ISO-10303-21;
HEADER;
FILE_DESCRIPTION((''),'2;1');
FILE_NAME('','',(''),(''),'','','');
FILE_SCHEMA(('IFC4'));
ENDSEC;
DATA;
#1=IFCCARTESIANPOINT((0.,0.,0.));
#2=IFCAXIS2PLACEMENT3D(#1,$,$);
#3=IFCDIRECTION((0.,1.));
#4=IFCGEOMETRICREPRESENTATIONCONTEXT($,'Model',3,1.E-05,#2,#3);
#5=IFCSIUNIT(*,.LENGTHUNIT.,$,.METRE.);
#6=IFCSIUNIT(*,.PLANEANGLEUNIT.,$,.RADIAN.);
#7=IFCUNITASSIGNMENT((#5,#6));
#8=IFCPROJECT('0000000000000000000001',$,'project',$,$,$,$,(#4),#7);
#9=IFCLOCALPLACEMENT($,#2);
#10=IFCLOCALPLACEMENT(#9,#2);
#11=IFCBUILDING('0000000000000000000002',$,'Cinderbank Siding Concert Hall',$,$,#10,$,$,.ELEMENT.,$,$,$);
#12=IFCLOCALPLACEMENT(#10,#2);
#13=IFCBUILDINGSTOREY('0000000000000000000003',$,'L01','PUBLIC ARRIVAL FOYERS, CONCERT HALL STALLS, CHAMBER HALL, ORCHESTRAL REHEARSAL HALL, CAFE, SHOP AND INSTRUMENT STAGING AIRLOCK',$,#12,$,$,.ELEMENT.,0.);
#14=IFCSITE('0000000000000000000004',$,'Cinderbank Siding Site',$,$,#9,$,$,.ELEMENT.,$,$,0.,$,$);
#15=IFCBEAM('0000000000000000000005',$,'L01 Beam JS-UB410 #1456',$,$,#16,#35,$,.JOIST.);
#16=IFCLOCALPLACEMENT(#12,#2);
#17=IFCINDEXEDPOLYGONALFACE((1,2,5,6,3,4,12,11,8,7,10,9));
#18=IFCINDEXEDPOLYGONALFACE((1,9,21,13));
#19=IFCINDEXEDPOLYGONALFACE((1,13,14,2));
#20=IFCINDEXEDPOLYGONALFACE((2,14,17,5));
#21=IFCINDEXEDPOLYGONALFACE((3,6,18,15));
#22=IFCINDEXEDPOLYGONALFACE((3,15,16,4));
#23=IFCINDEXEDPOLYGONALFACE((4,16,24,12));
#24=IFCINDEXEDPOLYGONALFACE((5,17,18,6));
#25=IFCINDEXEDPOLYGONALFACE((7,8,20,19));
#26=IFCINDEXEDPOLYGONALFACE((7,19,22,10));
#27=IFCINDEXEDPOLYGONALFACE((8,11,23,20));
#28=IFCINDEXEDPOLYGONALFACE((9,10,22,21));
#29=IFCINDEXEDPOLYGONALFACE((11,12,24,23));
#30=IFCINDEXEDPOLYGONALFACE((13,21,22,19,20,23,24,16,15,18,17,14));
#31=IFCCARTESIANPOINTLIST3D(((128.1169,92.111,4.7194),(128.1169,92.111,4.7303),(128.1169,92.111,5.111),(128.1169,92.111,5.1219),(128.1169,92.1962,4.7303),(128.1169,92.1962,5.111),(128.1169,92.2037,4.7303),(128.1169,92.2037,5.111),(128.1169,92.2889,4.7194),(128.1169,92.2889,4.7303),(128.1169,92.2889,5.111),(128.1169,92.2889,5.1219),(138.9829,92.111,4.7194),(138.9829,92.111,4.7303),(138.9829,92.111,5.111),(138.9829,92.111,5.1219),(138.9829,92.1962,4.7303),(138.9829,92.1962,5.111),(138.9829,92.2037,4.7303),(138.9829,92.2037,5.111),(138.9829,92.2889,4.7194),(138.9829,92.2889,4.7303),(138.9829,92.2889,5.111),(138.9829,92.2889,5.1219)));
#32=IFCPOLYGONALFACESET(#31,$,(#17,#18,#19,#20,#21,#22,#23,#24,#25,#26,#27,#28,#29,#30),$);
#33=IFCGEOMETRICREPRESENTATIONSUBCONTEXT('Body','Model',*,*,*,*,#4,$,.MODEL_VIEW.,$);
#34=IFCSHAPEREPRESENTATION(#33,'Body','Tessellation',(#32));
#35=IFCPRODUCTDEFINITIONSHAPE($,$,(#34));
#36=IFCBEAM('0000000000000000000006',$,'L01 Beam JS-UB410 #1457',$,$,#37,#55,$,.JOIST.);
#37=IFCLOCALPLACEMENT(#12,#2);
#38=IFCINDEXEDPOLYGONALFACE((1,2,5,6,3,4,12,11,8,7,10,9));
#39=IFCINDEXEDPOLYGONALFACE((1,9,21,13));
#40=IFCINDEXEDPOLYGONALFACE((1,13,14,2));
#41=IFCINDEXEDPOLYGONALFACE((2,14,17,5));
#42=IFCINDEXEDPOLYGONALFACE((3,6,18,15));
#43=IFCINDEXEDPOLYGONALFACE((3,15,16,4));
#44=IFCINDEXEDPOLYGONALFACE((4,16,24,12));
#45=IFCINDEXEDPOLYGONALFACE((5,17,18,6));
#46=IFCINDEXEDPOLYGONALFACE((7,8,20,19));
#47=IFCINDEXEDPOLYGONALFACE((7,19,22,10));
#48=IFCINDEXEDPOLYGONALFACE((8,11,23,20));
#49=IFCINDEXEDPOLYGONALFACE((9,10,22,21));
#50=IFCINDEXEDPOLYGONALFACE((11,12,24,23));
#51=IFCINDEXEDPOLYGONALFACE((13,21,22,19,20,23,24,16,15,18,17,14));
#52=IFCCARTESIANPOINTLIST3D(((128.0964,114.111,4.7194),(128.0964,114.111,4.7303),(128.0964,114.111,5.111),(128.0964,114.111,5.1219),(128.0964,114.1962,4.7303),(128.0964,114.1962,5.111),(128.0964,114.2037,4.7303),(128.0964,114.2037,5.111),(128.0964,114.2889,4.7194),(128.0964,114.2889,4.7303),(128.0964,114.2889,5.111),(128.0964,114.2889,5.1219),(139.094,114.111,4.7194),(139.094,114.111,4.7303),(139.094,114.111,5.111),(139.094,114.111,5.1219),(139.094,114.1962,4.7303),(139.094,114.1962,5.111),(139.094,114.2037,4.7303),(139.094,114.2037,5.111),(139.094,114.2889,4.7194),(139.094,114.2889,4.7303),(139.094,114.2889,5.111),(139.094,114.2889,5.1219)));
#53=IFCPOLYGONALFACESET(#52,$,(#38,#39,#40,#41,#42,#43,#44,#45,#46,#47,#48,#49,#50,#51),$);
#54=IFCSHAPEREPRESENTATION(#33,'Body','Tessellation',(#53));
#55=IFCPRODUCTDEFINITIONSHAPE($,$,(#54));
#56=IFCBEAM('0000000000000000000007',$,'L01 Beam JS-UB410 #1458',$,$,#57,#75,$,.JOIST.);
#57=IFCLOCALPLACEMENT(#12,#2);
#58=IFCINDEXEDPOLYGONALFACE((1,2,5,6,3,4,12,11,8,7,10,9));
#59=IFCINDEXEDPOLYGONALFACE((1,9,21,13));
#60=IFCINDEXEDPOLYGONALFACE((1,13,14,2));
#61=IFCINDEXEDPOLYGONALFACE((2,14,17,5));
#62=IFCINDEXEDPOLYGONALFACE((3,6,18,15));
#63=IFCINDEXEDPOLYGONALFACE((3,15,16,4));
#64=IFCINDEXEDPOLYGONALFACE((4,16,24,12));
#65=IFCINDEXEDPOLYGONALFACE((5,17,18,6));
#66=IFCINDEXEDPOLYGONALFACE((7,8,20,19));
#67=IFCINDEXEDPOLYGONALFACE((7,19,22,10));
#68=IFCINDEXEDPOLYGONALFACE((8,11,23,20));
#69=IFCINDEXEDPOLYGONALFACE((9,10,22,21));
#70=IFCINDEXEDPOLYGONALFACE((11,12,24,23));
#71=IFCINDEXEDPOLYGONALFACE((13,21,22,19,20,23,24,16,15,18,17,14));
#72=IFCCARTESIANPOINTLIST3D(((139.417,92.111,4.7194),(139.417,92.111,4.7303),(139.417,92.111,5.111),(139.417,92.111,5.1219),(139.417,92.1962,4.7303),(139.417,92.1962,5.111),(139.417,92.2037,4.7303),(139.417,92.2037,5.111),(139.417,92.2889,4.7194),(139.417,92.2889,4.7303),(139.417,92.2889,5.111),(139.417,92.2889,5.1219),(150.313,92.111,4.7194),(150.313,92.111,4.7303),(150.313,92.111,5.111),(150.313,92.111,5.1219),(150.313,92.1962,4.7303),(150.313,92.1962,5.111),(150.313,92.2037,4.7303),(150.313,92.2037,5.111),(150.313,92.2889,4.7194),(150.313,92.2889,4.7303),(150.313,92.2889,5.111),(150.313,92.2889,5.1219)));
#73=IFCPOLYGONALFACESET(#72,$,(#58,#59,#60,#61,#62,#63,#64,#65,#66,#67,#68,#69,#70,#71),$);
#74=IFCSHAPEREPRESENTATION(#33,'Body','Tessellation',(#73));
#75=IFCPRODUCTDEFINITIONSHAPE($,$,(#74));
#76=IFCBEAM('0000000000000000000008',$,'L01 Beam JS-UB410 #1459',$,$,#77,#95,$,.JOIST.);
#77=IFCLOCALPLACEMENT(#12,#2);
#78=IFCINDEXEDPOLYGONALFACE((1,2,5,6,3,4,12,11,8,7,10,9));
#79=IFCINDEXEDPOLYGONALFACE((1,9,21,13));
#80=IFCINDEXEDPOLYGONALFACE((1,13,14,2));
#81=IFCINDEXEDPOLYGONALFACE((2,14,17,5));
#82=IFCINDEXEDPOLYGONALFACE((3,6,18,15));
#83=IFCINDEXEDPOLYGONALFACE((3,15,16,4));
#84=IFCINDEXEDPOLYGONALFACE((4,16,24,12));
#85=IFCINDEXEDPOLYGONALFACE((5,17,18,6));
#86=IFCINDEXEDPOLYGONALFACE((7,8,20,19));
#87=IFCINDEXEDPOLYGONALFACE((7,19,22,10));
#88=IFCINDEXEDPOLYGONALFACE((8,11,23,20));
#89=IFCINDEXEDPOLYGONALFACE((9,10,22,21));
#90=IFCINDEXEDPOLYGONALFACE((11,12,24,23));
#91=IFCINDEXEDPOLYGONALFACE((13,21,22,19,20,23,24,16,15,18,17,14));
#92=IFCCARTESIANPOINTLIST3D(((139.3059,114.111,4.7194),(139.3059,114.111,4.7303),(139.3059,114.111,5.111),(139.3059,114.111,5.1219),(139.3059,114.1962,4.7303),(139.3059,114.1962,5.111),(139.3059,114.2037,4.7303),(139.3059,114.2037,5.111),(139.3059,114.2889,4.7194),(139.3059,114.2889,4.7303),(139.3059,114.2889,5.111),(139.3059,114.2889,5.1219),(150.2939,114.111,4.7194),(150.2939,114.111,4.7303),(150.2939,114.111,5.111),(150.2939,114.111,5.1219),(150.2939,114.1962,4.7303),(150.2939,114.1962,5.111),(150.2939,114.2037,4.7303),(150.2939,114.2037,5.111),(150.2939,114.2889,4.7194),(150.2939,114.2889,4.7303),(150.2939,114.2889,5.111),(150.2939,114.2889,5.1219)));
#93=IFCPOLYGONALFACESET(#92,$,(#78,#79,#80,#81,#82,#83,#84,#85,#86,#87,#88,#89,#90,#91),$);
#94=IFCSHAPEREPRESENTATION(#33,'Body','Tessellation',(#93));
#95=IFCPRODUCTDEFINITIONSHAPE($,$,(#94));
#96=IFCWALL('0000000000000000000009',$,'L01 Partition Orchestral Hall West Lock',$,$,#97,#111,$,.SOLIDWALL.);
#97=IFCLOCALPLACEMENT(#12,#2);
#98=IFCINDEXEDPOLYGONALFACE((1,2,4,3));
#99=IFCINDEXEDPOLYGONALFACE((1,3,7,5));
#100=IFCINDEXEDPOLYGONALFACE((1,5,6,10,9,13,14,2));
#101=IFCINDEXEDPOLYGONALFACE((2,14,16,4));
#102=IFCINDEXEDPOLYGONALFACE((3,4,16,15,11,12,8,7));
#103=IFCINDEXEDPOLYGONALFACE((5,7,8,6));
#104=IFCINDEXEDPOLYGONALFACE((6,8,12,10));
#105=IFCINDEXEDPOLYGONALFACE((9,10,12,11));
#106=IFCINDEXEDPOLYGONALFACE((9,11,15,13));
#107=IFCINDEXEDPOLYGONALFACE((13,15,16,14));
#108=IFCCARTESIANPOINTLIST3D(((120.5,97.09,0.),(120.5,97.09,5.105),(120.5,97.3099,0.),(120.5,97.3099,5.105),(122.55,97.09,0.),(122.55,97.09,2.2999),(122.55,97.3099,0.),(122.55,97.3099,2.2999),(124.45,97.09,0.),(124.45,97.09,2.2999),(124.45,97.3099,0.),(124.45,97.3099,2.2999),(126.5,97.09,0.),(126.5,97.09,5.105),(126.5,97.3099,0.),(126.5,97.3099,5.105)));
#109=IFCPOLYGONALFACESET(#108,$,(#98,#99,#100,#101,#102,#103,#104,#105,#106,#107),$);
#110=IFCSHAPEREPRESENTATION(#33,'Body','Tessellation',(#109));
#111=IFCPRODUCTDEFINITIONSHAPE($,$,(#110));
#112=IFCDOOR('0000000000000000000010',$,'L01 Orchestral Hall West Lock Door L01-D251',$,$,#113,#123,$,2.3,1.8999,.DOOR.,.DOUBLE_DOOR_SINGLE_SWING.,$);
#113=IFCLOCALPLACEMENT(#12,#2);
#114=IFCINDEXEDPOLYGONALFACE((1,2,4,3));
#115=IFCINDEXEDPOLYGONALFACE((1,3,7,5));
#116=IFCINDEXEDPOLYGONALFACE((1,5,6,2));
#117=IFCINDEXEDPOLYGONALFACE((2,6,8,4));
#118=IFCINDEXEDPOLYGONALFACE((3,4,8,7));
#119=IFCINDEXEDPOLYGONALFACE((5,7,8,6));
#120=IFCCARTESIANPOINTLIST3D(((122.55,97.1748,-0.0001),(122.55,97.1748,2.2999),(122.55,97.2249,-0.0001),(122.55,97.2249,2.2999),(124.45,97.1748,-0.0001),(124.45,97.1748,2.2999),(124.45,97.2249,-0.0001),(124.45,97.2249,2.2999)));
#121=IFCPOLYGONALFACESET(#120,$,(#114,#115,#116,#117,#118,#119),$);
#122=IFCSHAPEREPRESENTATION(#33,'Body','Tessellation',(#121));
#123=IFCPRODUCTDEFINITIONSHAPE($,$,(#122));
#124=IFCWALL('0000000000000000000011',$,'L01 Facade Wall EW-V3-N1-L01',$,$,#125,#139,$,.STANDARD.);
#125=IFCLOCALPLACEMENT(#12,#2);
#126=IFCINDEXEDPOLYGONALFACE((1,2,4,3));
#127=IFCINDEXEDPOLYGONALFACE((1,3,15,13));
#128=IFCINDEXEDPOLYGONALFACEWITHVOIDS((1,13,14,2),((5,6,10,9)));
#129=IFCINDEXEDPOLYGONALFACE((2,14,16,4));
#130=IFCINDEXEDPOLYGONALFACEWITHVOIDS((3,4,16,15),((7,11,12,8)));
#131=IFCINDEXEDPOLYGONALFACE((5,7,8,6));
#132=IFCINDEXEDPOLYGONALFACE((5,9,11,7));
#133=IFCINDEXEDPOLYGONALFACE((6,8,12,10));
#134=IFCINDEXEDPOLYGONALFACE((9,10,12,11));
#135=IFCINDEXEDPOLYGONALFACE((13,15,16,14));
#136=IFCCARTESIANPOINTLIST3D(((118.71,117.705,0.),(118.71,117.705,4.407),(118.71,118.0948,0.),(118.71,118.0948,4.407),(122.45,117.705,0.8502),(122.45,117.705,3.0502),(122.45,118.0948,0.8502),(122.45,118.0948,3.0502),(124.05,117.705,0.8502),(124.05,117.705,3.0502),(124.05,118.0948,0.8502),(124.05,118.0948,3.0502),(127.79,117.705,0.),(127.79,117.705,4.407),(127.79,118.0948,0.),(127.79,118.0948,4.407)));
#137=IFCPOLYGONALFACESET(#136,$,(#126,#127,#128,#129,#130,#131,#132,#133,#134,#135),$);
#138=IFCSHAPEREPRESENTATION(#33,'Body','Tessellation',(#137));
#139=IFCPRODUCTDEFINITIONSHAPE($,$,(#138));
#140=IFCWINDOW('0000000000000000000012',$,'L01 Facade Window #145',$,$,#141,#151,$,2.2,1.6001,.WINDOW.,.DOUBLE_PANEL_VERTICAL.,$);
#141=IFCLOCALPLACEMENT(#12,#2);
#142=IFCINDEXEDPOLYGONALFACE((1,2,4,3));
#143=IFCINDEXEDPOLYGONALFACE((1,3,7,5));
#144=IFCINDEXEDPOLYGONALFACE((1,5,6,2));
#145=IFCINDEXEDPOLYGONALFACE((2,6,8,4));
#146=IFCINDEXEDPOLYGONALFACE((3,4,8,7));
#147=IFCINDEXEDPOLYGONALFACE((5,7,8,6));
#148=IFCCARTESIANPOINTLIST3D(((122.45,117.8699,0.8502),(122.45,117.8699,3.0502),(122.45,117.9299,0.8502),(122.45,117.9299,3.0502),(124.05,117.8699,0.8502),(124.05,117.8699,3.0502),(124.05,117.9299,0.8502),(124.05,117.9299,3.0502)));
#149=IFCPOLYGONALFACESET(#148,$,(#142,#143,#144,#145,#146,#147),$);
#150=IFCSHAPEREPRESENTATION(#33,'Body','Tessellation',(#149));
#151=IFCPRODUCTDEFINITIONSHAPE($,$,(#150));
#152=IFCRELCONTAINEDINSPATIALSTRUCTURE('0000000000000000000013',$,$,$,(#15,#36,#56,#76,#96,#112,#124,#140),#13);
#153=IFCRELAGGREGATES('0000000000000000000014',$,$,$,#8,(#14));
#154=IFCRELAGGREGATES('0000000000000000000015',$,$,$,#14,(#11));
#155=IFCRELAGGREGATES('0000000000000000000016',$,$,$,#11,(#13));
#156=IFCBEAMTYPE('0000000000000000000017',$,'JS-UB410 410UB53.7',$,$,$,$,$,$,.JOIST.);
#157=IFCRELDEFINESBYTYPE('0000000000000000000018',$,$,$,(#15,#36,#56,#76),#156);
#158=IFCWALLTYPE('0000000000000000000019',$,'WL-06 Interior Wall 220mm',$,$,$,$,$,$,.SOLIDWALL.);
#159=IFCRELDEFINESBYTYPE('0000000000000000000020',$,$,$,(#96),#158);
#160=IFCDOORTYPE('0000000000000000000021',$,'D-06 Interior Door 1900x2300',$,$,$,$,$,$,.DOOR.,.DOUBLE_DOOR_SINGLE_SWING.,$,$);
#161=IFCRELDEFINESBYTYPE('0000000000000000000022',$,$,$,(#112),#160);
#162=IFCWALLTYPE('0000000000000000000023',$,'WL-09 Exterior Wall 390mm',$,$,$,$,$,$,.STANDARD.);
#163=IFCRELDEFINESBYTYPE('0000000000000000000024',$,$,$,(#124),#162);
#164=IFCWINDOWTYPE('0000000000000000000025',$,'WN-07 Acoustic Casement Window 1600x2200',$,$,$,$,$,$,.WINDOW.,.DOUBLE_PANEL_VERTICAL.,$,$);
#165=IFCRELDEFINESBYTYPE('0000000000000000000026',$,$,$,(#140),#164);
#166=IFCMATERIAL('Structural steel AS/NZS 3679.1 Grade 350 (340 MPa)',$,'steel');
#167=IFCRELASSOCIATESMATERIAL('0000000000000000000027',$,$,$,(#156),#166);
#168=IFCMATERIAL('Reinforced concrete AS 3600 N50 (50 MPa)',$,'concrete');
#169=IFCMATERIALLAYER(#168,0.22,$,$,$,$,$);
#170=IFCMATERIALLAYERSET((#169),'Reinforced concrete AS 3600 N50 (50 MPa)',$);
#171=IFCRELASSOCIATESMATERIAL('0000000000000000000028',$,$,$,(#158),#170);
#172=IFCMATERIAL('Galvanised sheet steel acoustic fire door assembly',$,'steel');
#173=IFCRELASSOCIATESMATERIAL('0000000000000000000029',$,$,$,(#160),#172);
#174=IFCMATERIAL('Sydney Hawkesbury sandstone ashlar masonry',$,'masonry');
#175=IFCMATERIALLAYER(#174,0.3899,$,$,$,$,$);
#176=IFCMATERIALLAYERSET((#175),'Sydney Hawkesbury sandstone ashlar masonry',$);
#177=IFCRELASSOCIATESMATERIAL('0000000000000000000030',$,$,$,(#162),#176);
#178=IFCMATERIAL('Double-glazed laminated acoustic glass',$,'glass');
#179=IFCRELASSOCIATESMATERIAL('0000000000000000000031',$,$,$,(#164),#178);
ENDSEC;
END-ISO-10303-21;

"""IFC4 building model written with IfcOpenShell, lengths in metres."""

from ifc_helpers import new_model, si_unit, direction, frame, frame_2d, origin, origin_2d, place, context, subcontext, project, spatial, rectangle, i_section, extrude, material, layer, layer_set, material_profile, profile_set, type_object, element, fill, save


model = new_model("IFC4")

# Units and contexts
model_context = context("Model", 3, precision=1e-05, world=origin(), true_north=direction((0.0, 1.0)))
body_context = subcontext(model_context, "Body", "Model", "MODEL_VIEW")
ifc_project = project(units=[si_unit("LENGTHUNIT", "METRE"), si_unit("PLANEANGLEUNIT", "RADIAN")], contexts=[model_context])

# Site, building, storey
site_placement = place(None, origin())
site = spatial("IfcSite", under=ifc_project, at=site_placement, Name="Cinderbank Siding Site", CompositionType="ELEMENT", RefElevation=0.0)
building_placement = place(site_placement, origin())
building = spatial("IfcBuilding", under=site, at=building_placement, Name="Cinderbank Siding Concert Hall", CompositionType="ELEMENT")
storey_placement = place(building_placement, origin())
storey = spatial("IfcBuildingStorey", under=building, at=storey_placement, Name="L01", Description="PUBLIC ARRIVAL FOYERS, CONCERT HALL STALLS, CHAMBER HALL, ORCHESTRAL REHEARSAL HALL, CAFE, SHOP AND INSTRUMENT STAGING AIRLOCK", CompositionType="ELEMENT", Elevation=0.0)

# Shared definitions
ifc_material_1 = material(Name="Reinforced concrete AS 3600 N50 (50 MPa)", Category="concrete")

# Beams
ifc_material_2 = material(Name="Structural steel AS/NZS 3679.1 Grade 350 (340 MPa)", Category="steel")
ifc_material_profile_1 = material_profile(ifc_material_2, i_section(OverallWidth=0.178, OverallDepth=0.4026, WebThickness=0.0076, FlangeThickness=0.011, at=origin_2d()), Name="410UB53.7", Category="LoadBearing")
ifc_profile_set_1 = profile_set([ifc_material_profile_1], Name="Structural steel AS/NZS 3679.1 Grade 350 (340 MPa)")
beam_type_1 = type_object("IfcBeamType", Name="JS-UB410 410UB53.7", PredefinedType="JOIST", material=ifc_profile_set_1)
beam_1_placement = place(storey_placement, frame((128.1169, 92.2, 4.9207), z_axis=(1.0, 0.0, 0.0), x_axis=(0.0, 1.0, 0.0)))
element("IfcBeam", 1, at=beam_1_placement, inside=storey, type_object=beam_type_1, Name="L01 Beam JS-UB410 #1456", PredefinedType="JOIST", context=body_context, shape_type="SweptSolid", body=[
    extrude(i_section(OverallWidth=0.178, OverallDepth=0.4026, WebThickness=0.0076, FlangeThickness=0.011, at=origin_2d()), origin(), (0.0, 0.0, 1.0), 10.866),
])
beam_2_placement = place(storey_placement, frame((128.0964, 114.2, 4.9207), z_axis=(1.0, 0.0, 0.0), x_axis=(0.0, 1.0, 0.0)))
element("IfcBeam", 2, at=beam_2_placement, inside=storey, type_object=beam_type_1, Name="L01 Beam JS-UB410 #1457", PredefinedType="JOIST", context=body_context, shape_type="SweptSolid", body=[
    extrude(i_section(OverallWidth=0.178, OverallDepth=0.4026, WebThickness=0.0076, FlangeThickness=0.011, at=origin_2d()), origin(), (0.0, 0.0, 1.0), 10.9976),
])
beam_3_placement = place(storey_placement, frame((139.417, 92.2, 4.9207), z_axis=(1.0, 0.0, 0.0), x_axis=(0.0, 1.0, 0.0)))
element("IfcBeam", 3, at=beam_3_placement, inside=storey, type_object=beam_type_1, Name="L01 Beam JS-UB410 #1458", PredefinedType="JOIST", context=body_context, shape_type="SweptSolid", body=[
    extrude(i_section(OverallWidth=0.178, OverallDepth=0.4026, WebThickness=0.0076, FlangeThickness=0.011, at=origin_2d()), origin(), (0.0, 0.0, 1.0), 10.896),
])
beam_4_placement = place(storey_placement, frame((139.3059, 114.2, 4.9207), z_axis=(1.0, 0.0, 0.0), x_axis=(0.0, 1.0, 0.0)))
element("IfcBeam", 4, at=beam_4_placement, inside=storey, type_object=beam_type_1, Name="L01 Beam JS-UB410 #1459", PredefinedType="JOIST", context=body_context, shape_type="SweptSolid", body=[
    extrude(i_section(OverallWidth=0.178, OverallDepth=0.4026, WebThickness=0.0076, FlangeThickness=0.011, at=origin_2d()), origin(), (0.0, 0.0, 1.0), 10.988),
])

# Wall, opening, door
ifc_layer_1 = layer(ifc_material_1, 0.22)
ifc_layer_set_1 = layer_set([ifc_layer_1], Name="Reinforced concrete AS 3600 N50 (50 MPa)")
wall_type_1 = type_object("IfcWallType", Name="WL-06 Interior Wall 220mm", PredefinedType="SOLIDWALL", material=ifc_layer_set_1)
wall_1_placement = place(storey_placement, frame((120.5, 97.2, 0.0), z_axis=(0.0, 0.0, 1.0), x_axis=(1.0, 0.0, 0.0)))
wall_1 = element("IfcWall", 5, at=wall_1_placement, inside=storey, type_object=wall_type_1, Name="L01 Partition Orchestral Hall West Lock", PredefinedType="SOLIDWALL", context=body_context, shape_type="SweptSolid", body=[
    extrude(rectangle(XDim=6.0, YDim=0.22, at=frame_2d((3.0, 0.0))), origin(), (0.0, 0.0, 1.0), 5.105),
])
opening_1_placement = place(wall_1_placement, frame((2.05, 0.0, 0.0)))
opening_1 = element("IfcOpeningElement", 6, at=opening_1_placement, cuts=wall_1, PredefinedType="OPENING", context=body_context, shape_type="SweptSolid", body=[
    extrude(rectangle(XDim=1.8999, YDim=2.3, at=frame_2d((0.95, 1.1499))), frame((0.0, 0.1221, 0.0), z_axis=(0.0, -1.0, 0.0), x_axis=(1.0, 0.0, 0.0)), (0.0, 0.0, 1.0), 0.2439),
])
ifc_material_3 = material(Name="Galvanised sheet steel acoustic fire door assembly", Category="steel")
door_type_1 = type_object("IfcDoorType", Name="D-06 Interior Door 1900x2300", OperationType="DOUBLE_DOOR_SINGLE_SWING", PredefinedType="DOOR", material=ifc_material_3)
door_1_placement = place(opening_1_placement, origin())
door_1 = element("IfcDoor", 7, at=door_1_placement, inside=storey, type_object=door_type_1, Name="L01 Orchestral Hall West Lock Door L01-D251", OperationType="DOUBLE_DOOR_SINGLE_SWING", OverallHeight=2.3, OverallWidth=1.8999, PredefinedType="DOOR", context=body_context, shape_type="SweptSolid", body=[
    extrude(rectangle(XDim=1.8999, YDim=2.3, at=frame_2d((0.95, 1.1499))), frame((0.0, 0.0249, 0.0), z_axis=(0.0, -1.0, 0.0), x_axis=(1.0, 0.0, 0.0)), (0.0, 0.0, 1.0), 0.05),
])
fill(opening_1, door_1)

# Wall, opening, window
ifc_material_4 = material(Name="Sydney Hawkesbury sandstone ashlar masonry", Category="masonry")
ifc_layer_2 = layer(ifc_material_4, 0.3899)
ifc_layer_set_2 = layer_set([ifc_layer_2], Name="Sydney Hawkesbury sandstone ashlar masonry")
wall_type_2 = type_object("IfcWallType", Name="WL-09 Exterior Wall 390mm", PredefinedType="STANDARD", material=ifc_layer_set_2)
wall_2_placement = place(storey_placement, frame((118.71, 117.8999, 0.0), z_axis=(0.0, 0.0, 1.0), x_axis=(1.0, 0.0, 0.0)))
wall_2 = element("IfcWall", 8, at=wall_2_placement, inside=storey, type_object=wall_type_2, Name="L01 Facade Wall EW-V3-N1-L01", PredefinedType="STANDARD", context=body_context, shape_type="SweptSolid", body=[
    extrude(rectangle(XDim=9.0801, YDim=0.3899, at=frame_2d((4.54, 0.0))), origin(), (0.0, 0.0, 1.0), 4.407),
])
opening_2_placement = place(wall_2_placement, frame((3.74, 0.0, 0.8501)))
opening_2 = element("IfcOpeningElement", 9, at=opening_2_placement, cuts=wall_2, PredefinedType="OPENING", context=body_context, shape_type="SweptSolid", body=[
    extrude(rectangle(XDim=1.6001, YDim=2.2, at=frame_2d((0.8, 1.1001))), frame((0.0, 0.207, 0.0), z_axis=(0.0, -1.0, 0.0), x_axis=(1.0, 0.0, 0.0)), (0.0, 0.0, 1.0), 0.4138),
])
ifc_material_5 = material(Name="Double-glazed laminated acoustic glass", Category="glass")
window_type_1 = type_object("IfcWindowType", Name="WN-07 Acoustic Casement Window 1600x2200", PartitioningType="DOUBLE_PANEL_VERTICAL", PredefinedType="WINDOW", material=ifc_material_5)
window_1_placement = place(opening_2_placement, origin())
window_1 = element("IfcWindow", 10, at=window_1_placement, inside=storey, type_object=window_type_1, Name="L01 Facade Window #145", OverallHeight=2.2, OverallWidth=1.6001, PartitioningType="DOUBLE_PANEL_VERTICAL", PredefinedType="WINDOW", context=body_context, shape_type="SweptSolid", body=[
    extrude(rectangle(XDim=1.6001, YDim=2.2, at=frame_2d((0.8, 1.1001))), frame((0.0, 0.03, 0.0), z_axis=(0.0, -1.0, 0.0), x_axis=(1.0, 0.0, 0.0)), (0.0, 0.0, 1.0), 0.0601),
])
fill(opening_2, window_1)

save(model, "model.ifc")
